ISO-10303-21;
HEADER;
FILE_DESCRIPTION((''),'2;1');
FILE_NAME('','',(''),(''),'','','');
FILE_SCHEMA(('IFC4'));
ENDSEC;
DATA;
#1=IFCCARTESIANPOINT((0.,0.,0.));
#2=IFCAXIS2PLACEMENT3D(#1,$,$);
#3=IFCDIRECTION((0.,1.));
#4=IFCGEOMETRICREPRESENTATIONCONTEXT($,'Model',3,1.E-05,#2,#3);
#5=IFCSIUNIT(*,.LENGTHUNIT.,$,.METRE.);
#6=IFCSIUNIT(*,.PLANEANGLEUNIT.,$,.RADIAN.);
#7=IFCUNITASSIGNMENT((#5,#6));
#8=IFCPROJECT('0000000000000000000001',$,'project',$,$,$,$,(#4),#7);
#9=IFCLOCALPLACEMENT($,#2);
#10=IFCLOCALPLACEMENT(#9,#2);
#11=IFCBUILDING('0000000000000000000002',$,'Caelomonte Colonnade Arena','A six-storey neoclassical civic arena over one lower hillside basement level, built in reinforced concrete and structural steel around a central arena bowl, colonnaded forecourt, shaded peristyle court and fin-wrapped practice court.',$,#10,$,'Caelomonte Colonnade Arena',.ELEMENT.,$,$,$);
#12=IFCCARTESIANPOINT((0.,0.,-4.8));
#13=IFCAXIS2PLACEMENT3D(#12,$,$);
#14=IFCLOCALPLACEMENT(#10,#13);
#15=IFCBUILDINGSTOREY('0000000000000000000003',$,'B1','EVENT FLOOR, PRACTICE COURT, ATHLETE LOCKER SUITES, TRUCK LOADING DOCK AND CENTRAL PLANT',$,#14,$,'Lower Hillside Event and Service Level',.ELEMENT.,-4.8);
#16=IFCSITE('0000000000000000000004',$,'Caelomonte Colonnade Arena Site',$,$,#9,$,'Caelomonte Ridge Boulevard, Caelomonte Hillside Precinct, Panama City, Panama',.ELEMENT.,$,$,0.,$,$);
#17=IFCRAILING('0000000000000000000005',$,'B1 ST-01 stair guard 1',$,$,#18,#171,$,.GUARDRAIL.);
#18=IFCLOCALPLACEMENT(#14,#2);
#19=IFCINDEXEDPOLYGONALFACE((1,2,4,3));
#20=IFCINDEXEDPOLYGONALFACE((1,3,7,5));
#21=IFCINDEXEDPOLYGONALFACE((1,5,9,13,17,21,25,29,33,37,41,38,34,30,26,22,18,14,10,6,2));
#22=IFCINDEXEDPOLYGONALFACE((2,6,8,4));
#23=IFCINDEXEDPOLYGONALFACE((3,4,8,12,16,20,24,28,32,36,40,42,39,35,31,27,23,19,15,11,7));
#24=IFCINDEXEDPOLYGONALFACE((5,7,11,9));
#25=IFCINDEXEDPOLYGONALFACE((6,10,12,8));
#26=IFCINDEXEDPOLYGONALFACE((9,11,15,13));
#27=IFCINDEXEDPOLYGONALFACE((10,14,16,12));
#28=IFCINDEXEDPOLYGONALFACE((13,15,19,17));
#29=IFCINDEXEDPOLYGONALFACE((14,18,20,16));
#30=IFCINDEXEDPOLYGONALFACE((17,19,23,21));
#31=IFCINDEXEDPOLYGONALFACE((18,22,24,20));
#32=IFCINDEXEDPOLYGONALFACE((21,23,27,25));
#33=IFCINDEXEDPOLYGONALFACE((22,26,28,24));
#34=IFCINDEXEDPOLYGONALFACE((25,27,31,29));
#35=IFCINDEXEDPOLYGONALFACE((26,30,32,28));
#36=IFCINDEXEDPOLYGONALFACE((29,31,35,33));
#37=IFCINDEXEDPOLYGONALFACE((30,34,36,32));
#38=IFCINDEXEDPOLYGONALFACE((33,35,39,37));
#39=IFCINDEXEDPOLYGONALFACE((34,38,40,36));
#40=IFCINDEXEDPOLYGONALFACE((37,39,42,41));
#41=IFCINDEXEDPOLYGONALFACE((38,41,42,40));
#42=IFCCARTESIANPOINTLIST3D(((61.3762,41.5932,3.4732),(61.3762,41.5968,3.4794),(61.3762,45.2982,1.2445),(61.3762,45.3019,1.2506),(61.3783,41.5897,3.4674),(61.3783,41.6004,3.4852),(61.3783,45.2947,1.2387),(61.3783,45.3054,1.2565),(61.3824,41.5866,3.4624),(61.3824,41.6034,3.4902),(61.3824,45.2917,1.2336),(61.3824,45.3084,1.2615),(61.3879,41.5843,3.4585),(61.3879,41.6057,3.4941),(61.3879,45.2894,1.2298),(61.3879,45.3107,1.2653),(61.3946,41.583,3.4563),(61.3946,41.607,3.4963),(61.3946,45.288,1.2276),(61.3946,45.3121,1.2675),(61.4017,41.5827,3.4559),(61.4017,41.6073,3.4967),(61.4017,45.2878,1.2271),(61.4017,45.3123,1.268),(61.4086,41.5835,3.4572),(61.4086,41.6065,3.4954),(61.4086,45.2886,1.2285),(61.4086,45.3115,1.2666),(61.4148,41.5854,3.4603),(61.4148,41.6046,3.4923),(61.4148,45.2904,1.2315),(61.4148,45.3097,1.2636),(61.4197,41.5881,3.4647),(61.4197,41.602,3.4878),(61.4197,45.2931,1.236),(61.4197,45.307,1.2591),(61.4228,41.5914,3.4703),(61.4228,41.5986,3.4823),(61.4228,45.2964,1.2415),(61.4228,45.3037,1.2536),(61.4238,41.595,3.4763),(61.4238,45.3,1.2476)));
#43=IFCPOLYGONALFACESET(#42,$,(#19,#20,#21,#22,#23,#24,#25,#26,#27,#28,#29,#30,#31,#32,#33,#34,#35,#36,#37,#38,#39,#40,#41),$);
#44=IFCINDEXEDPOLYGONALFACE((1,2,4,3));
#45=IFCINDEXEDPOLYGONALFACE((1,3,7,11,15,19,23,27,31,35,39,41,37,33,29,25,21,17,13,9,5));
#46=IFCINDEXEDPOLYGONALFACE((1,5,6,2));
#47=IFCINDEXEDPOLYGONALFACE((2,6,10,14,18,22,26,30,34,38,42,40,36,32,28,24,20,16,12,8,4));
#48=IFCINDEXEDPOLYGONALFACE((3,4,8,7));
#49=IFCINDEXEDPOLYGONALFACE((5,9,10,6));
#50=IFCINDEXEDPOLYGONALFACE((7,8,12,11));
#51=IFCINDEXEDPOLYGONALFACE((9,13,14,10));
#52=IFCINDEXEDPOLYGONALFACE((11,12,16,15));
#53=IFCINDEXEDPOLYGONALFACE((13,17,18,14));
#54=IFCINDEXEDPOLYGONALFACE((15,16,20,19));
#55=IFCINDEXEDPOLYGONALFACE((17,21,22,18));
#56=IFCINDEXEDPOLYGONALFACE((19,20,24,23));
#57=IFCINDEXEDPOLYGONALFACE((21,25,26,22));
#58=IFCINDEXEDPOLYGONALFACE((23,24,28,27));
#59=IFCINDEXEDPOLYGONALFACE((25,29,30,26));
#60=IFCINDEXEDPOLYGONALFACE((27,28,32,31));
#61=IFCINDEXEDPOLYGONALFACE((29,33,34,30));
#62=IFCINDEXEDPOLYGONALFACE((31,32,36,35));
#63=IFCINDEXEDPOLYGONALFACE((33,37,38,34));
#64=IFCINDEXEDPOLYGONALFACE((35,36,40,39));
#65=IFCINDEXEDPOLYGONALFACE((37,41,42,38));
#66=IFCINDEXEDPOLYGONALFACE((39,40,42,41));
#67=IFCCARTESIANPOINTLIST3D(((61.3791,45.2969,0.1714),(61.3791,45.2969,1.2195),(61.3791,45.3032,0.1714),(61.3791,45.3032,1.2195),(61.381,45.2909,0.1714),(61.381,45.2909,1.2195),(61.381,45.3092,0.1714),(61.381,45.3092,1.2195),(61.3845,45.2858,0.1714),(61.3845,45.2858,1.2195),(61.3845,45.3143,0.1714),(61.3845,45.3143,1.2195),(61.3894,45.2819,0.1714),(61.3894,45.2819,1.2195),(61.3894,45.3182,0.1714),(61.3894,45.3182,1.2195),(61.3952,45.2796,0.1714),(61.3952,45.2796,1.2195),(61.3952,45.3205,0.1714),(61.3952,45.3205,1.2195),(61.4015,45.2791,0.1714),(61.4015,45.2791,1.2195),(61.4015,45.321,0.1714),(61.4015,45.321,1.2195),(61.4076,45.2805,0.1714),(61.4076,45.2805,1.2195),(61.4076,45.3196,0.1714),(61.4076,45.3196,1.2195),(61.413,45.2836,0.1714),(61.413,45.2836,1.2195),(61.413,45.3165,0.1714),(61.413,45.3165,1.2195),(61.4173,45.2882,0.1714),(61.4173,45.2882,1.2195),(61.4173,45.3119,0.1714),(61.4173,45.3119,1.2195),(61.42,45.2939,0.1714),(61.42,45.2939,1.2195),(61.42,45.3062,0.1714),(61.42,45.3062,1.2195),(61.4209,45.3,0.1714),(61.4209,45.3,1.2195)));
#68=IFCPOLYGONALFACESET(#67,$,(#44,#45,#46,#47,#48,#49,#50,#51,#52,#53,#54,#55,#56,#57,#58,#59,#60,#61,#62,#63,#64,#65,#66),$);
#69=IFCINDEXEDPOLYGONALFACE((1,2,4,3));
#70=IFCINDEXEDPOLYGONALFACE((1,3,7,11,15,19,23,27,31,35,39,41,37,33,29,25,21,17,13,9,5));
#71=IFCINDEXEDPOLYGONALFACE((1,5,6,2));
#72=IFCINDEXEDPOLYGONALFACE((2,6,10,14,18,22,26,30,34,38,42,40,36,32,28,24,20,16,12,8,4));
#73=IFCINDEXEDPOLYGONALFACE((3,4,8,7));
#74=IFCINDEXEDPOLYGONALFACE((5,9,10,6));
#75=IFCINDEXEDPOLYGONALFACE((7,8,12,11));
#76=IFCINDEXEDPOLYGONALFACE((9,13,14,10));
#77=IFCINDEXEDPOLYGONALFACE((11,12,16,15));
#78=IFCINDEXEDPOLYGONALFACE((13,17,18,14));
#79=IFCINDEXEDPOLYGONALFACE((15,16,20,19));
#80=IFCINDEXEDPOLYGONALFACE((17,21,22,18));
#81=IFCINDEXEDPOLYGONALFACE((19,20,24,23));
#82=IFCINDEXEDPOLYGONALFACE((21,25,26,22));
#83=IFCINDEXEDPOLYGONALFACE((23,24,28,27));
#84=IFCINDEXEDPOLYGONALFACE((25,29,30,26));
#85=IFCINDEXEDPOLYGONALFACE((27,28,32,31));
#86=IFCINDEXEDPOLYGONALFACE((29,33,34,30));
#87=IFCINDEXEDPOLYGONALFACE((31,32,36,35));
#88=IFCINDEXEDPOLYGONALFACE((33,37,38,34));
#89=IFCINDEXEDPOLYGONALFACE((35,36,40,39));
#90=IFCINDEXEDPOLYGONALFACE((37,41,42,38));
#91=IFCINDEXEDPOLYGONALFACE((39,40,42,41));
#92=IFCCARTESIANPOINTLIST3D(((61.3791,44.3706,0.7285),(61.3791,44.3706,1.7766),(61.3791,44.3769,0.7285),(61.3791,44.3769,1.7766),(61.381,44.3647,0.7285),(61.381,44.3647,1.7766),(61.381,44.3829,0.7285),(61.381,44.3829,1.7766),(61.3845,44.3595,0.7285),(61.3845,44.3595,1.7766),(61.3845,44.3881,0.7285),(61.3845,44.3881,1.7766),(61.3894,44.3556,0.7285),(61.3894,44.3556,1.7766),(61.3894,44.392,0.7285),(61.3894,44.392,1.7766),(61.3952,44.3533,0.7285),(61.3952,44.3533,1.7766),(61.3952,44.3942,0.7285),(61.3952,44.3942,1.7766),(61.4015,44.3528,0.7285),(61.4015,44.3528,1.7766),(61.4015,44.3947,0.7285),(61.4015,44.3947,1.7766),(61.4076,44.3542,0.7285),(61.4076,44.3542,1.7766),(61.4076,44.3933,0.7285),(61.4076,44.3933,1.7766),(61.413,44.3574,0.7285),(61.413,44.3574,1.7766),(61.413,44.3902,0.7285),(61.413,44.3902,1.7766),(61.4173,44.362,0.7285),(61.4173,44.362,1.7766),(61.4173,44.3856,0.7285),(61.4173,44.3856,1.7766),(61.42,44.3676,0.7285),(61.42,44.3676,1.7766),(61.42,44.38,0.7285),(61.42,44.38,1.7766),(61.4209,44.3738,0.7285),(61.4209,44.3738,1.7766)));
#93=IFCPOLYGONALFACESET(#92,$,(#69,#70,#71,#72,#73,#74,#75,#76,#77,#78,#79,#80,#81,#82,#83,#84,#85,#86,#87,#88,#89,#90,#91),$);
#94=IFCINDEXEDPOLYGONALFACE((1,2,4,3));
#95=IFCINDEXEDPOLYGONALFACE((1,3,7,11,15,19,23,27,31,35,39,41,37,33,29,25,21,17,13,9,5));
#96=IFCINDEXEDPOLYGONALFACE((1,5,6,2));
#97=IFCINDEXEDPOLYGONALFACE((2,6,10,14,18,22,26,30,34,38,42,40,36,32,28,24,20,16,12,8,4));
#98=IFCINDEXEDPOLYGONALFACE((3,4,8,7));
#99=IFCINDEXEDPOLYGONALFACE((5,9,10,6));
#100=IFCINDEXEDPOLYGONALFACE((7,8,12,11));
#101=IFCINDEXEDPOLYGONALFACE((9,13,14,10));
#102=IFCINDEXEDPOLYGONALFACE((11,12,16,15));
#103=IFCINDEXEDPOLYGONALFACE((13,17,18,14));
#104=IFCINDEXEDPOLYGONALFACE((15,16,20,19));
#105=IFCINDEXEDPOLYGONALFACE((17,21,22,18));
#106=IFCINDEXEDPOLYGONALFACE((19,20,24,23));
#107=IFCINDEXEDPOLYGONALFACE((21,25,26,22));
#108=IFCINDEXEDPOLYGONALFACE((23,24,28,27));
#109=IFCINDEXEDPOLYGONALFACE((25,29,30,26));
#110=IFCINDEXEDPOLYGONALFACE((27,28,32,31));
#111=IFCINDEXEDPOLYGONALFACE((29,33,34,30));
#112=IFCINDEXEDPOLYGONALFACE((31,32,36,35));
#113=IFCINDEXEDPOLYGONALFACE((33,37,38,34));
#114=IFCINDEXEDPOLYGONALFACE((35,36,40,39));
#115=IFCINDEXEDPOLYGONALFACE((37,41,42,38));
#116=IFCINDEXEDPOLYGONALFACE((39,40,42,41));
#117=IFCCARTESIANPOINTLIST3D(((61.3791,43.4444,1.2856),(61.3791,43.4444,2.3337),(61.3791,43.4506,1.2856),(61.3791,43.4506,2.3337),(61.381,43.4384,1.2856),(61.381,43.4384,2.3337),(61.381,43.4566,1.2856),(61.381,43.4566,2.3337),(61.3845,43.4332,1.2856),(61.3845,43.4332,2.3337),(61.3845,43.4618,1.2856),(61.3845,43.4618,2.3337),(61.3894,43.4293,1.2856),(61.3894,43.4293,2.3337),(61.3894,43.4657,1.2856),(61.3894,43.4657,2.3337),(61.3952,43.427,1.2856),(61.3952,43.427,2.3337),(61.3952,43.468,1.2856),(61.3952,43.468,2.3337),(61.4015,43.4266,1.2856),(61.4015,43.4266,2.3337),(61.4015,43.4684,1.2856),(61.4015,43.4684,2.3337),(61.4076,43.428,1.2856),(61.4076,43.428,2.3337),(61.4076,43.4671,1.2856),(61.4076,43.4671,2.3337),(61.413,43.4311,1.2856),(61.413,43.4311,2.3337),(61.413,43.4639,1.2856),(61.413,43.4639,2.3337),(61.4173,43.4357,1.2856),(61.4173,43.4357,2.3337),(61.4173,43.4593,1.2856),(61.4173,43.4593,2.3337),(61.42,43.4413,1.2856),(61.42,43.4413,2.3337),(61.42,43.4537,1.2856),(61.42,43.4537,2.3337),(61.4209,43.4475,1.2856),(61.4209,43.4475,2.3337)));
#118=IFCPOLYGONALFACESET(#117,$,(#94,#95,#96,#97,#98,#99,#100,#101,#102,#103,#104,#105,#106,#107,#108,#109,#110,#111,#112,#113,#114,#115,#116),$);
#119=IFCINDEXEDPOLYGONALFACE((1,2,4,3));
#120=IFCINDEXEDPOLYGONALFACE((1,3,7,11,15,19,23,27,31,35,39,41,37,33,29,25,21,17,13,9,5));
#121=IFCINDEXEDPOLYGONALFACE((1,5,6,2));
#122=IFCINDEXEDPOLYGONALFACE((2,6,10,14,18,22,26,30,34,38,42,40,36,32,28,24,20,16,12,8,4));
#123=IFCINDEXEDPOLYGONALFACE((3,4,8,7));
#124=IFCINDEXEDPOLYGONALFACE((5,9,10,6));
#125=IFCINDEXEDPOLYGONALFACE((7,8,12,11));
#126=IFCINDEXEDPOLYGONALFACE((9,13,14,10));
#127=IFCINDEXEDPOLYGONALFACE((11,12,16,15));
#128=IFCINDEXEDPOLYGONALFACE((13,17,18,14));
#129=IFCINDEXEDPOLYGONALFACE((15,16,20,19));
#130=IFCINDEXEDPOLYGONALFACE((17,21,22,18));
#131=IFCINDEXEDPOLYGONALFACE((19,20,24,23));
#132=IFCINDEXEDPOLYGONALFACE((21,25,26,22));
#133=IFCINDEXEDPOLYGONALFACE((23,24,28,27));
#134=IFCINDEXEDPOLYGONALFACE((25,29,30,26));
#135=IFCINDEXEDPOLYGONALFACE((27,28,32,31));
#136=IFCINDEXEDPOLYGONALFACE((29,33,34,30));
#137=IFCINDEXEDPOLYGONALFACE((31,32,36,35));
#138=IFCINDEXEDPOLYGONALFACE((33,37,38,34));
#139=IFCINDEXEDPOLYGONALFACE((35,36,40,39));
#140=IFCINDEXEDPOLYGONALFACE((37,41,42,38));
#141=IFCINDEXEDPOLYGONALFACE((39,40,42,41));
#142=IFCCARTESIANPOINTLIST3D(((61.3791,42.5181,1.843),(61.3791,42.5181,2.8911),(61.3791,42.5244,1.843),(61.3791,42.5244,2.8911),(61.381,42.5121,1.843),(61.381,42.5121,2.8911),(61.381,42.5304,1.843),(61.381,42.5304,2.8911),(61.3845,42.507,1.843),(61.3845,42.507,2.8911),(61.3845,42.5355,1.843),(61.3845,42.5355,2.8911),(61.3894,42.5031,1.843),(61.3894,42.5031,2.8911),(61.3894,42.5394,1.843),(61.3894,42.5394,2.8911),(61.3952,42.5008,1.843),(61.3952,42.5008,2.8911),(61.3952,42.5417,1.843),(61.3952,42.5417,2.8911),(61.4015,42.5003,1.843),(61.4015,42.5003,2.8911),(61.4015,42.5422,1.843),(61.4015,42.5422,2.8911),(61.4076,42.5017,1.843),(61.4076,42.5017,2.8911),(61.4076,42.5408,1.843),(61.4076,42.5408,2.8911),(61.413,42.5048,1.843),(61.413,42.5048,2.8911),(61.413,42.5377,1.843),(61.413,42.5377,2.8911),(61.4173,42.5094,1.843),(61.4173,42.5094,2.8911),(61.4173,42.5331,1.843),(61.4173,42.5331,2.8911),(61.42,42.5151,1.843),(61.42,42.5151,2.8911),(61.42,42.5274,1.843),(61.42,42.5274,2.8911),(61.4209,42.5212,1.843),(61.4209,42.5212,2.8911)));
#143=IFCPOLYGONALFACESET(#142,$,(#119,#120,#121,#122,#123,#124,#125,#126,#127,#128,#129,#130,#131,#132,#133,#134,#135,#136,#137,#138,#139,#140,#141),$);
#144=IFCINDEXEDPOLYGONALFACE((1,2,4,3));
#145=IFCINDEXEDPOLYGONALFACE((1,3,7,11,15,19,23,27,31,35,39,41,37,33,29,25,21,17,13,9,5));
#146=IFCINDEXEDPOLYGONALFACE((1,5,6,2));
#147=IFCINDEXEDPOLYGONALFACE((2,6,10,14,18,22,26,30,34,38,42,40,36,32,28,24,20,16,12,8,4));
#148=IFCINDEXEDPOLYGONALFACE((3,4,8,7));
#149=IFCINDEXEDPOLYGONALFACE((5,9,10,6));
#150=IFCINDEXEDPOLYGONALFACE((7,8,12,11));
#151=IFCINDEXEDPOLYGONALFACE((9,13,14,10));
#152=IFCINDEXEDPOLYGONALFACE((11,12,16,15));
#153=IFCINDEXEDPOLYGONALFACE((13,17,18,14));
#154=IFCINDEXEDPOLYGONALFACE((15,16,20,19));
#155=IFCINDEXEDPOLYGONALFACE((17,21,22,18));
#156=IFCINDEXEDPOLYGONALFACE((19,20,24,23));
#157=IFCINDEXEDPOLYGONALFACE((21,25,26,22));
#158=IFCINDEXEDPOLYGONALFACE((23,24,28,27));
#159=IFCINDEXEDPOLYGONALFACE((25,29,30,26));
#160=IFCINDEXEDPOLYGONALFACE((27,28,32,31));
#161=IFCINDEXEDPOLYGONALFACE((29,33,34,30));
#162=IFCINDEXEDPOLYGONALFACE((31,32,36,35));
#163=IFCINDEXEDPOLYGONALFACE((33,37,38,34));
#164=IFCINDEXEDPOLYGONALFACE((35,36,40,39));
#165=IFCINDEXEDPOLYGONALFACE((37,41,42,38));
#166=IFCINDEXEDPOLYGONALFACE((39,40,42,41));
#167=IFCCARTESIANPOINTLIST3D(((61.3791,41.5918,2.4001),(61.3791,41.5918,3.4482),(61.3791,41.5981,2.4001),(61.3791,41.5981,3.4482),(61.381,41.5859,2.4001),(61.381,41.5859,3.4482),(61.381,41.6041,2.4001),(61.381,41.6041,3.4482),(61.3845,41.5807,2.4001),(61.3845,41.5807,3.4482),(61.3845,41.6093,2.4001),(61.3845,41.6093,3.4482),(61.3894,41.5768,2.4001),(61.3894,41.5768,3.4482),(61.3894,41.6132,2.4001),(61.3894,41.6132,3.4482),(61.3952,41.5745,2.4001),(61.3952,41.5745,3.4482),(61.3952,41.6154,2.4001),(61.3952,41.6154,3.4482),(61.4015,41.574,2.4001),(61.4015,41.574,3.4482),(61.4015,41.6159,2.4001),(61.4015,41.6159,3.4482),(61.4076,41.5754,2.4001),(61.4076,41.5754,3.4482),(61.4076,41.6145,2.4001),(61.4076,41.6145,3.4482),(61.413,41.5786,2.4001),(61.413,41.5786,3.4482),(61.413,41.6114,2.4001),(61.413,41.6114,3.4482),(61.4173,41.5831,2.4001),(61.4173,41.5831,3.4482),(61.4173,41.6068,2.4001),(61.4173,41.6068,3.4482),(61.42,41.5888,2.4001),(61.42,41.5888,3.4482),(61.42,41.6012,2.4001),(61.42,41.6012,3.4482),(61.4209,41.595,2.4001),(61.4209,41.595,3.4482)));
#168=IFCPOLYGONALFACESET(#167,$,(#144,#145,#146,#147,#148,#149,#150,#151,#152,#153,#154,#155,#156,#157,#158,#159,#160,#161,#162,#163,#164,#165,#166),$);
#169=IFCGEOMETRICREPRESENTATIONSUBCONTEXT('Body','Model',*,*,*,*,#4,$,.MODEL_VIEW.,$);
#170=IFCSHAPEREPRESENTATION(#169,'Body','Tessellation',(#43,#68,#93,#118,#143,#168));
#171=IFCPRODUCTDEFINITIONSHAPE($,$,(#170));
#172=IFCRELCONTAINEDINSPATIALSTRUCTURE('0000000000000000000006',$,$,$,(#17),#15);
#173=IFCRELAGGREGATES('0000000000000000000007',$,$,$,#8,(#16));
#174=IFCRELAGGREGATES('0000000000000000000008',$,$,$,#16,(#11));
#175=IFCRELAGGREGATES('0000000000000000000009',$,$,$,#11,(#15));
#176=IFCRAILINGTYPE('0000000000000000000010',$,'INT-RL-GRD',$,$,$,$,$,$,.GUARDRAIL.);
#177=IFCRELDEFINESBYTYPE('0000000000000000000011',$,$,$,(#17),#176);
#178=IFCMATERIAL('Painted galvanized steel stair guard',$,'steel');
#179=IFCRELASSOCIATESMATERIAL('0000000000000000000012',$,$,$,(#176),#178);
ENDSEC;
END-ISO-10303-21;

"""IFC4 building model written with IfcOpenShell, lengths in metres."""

from ifc_helpers import new_model, si_unit, direction, frame, origin, origin_2d, place, context, subcontext, project, spatial, circle, extrude, material, type_object, element, save


model = new_model("IFC4")

# Units and contexts
model_context = context("Model", 3, precision=1e-05, world=origin(), true_north=direction((0.0, 1.0)))
body_context = subcontext(model_context, "Body", "Model", "MODEL_VIEW")
ifc_project = project(units=[si_unit("LENGTHUNIT", "METRE"), si_unit("PLANEANGLEUNIT", "RADIAN")], contexts=[model_context])

# Site, building, storey
site_placement = place(None, origin())
site = spatial("IfcSite", under=ifc_project, at=site_placement, Name="Caelomonte Colonnade Arena Site", LongName="Caelomonte Ridge Boulevard, Caelomonte Hillside Precinct, Panama City, Panama", CompositionType="ELEMENT", RefElevation=0.0)
building_placement = place(site_placement, origin())
building = spatial("IfcBuilding", under=site, at=building_placement, Name="Caelomonte Colonnade Arena", Description="A six-storey neoclassical civic arena over one lower hillside basement level, built in reinforced concrete and structural steel around a central arena bowl, colonnaded forecourt, shaded peristyle court and fin-wrapped practice court.", LongName="Caelomonte Colonnade Arena", CompositionType="ELEMENT")
storey_placement = place(building_placement, frame((0.0, 0.0, -4.8)))
storey = spatial("IfcBuildingStorey", under=building, at=storey_placement, Name="B1", Description="EVENT FLOOR, PRACTICE COURT, ATHLETE LOCKER SUITES, TRUCK LOADING DOCK AND CENTRAL PLANT", LongName="Lower Hillside Event and Service Level", CompositionType="ELEMENT", Elevation=-4.8)

# Railing
ifc_material_1 = material(Name="Painted galvanized steel stair guard", Category="steel")
railing_type_1 = type_object("IfcRailingType", Name="INT-RL-GRD", PredefinedType="GUARDRAIL", material=ifc_material_1)
railing_1_placement = place(storey_placement, frame((61.3999, 45.3, 0.1714)))
element("IfcRailing", 1, at=railing_1_placement, inside=storey, type_object=railing_type_1, Name="B1 ST-01 stair guard 1", PredefinedType="GUARDRAIL", context=body_context, shape_type="SweptSolid", body=[
    extrude(circle(Radius=0.0239, at=origin_2d()), frame((0.0, 0.0, 1.0762), z_axis=(0.0, -0.856909, 0.515467), x_axis=(1.0, 0.0, 0.0)), (0.0, 0.0, 1.0), 4.3237),
    extrude(circle(Radius=0.021, at=origin_2d()), origin(), (0.0, 0.0, 1.0), 1.0481),
    extrude(circle(Radius=0.021, at=origin_2d()), frame((0.0, -0.9263, 0.5571)), (0.0, 0.0, 1.0), 1.0481),
    extrude(circle(Radius=0.021, at=origin_2d()), frame((0.0, -1.8525, 1.1143)), (0.0, 0.0, 1.0), 1.0481),
    extrude(circle(Radius=0.021, at=origin_2d()), frame((0.0, -2.7788, 1.6716)), (0.0, 0.0, 1.0), 1.0481),
    extrude(circle(Radius=0.021, at=origin_2d()), frame((0.0, -3.7051, 2.2288)), (0.0, 0.0, 1.0), 1.0481),
])

save(model, "model.ifc")
